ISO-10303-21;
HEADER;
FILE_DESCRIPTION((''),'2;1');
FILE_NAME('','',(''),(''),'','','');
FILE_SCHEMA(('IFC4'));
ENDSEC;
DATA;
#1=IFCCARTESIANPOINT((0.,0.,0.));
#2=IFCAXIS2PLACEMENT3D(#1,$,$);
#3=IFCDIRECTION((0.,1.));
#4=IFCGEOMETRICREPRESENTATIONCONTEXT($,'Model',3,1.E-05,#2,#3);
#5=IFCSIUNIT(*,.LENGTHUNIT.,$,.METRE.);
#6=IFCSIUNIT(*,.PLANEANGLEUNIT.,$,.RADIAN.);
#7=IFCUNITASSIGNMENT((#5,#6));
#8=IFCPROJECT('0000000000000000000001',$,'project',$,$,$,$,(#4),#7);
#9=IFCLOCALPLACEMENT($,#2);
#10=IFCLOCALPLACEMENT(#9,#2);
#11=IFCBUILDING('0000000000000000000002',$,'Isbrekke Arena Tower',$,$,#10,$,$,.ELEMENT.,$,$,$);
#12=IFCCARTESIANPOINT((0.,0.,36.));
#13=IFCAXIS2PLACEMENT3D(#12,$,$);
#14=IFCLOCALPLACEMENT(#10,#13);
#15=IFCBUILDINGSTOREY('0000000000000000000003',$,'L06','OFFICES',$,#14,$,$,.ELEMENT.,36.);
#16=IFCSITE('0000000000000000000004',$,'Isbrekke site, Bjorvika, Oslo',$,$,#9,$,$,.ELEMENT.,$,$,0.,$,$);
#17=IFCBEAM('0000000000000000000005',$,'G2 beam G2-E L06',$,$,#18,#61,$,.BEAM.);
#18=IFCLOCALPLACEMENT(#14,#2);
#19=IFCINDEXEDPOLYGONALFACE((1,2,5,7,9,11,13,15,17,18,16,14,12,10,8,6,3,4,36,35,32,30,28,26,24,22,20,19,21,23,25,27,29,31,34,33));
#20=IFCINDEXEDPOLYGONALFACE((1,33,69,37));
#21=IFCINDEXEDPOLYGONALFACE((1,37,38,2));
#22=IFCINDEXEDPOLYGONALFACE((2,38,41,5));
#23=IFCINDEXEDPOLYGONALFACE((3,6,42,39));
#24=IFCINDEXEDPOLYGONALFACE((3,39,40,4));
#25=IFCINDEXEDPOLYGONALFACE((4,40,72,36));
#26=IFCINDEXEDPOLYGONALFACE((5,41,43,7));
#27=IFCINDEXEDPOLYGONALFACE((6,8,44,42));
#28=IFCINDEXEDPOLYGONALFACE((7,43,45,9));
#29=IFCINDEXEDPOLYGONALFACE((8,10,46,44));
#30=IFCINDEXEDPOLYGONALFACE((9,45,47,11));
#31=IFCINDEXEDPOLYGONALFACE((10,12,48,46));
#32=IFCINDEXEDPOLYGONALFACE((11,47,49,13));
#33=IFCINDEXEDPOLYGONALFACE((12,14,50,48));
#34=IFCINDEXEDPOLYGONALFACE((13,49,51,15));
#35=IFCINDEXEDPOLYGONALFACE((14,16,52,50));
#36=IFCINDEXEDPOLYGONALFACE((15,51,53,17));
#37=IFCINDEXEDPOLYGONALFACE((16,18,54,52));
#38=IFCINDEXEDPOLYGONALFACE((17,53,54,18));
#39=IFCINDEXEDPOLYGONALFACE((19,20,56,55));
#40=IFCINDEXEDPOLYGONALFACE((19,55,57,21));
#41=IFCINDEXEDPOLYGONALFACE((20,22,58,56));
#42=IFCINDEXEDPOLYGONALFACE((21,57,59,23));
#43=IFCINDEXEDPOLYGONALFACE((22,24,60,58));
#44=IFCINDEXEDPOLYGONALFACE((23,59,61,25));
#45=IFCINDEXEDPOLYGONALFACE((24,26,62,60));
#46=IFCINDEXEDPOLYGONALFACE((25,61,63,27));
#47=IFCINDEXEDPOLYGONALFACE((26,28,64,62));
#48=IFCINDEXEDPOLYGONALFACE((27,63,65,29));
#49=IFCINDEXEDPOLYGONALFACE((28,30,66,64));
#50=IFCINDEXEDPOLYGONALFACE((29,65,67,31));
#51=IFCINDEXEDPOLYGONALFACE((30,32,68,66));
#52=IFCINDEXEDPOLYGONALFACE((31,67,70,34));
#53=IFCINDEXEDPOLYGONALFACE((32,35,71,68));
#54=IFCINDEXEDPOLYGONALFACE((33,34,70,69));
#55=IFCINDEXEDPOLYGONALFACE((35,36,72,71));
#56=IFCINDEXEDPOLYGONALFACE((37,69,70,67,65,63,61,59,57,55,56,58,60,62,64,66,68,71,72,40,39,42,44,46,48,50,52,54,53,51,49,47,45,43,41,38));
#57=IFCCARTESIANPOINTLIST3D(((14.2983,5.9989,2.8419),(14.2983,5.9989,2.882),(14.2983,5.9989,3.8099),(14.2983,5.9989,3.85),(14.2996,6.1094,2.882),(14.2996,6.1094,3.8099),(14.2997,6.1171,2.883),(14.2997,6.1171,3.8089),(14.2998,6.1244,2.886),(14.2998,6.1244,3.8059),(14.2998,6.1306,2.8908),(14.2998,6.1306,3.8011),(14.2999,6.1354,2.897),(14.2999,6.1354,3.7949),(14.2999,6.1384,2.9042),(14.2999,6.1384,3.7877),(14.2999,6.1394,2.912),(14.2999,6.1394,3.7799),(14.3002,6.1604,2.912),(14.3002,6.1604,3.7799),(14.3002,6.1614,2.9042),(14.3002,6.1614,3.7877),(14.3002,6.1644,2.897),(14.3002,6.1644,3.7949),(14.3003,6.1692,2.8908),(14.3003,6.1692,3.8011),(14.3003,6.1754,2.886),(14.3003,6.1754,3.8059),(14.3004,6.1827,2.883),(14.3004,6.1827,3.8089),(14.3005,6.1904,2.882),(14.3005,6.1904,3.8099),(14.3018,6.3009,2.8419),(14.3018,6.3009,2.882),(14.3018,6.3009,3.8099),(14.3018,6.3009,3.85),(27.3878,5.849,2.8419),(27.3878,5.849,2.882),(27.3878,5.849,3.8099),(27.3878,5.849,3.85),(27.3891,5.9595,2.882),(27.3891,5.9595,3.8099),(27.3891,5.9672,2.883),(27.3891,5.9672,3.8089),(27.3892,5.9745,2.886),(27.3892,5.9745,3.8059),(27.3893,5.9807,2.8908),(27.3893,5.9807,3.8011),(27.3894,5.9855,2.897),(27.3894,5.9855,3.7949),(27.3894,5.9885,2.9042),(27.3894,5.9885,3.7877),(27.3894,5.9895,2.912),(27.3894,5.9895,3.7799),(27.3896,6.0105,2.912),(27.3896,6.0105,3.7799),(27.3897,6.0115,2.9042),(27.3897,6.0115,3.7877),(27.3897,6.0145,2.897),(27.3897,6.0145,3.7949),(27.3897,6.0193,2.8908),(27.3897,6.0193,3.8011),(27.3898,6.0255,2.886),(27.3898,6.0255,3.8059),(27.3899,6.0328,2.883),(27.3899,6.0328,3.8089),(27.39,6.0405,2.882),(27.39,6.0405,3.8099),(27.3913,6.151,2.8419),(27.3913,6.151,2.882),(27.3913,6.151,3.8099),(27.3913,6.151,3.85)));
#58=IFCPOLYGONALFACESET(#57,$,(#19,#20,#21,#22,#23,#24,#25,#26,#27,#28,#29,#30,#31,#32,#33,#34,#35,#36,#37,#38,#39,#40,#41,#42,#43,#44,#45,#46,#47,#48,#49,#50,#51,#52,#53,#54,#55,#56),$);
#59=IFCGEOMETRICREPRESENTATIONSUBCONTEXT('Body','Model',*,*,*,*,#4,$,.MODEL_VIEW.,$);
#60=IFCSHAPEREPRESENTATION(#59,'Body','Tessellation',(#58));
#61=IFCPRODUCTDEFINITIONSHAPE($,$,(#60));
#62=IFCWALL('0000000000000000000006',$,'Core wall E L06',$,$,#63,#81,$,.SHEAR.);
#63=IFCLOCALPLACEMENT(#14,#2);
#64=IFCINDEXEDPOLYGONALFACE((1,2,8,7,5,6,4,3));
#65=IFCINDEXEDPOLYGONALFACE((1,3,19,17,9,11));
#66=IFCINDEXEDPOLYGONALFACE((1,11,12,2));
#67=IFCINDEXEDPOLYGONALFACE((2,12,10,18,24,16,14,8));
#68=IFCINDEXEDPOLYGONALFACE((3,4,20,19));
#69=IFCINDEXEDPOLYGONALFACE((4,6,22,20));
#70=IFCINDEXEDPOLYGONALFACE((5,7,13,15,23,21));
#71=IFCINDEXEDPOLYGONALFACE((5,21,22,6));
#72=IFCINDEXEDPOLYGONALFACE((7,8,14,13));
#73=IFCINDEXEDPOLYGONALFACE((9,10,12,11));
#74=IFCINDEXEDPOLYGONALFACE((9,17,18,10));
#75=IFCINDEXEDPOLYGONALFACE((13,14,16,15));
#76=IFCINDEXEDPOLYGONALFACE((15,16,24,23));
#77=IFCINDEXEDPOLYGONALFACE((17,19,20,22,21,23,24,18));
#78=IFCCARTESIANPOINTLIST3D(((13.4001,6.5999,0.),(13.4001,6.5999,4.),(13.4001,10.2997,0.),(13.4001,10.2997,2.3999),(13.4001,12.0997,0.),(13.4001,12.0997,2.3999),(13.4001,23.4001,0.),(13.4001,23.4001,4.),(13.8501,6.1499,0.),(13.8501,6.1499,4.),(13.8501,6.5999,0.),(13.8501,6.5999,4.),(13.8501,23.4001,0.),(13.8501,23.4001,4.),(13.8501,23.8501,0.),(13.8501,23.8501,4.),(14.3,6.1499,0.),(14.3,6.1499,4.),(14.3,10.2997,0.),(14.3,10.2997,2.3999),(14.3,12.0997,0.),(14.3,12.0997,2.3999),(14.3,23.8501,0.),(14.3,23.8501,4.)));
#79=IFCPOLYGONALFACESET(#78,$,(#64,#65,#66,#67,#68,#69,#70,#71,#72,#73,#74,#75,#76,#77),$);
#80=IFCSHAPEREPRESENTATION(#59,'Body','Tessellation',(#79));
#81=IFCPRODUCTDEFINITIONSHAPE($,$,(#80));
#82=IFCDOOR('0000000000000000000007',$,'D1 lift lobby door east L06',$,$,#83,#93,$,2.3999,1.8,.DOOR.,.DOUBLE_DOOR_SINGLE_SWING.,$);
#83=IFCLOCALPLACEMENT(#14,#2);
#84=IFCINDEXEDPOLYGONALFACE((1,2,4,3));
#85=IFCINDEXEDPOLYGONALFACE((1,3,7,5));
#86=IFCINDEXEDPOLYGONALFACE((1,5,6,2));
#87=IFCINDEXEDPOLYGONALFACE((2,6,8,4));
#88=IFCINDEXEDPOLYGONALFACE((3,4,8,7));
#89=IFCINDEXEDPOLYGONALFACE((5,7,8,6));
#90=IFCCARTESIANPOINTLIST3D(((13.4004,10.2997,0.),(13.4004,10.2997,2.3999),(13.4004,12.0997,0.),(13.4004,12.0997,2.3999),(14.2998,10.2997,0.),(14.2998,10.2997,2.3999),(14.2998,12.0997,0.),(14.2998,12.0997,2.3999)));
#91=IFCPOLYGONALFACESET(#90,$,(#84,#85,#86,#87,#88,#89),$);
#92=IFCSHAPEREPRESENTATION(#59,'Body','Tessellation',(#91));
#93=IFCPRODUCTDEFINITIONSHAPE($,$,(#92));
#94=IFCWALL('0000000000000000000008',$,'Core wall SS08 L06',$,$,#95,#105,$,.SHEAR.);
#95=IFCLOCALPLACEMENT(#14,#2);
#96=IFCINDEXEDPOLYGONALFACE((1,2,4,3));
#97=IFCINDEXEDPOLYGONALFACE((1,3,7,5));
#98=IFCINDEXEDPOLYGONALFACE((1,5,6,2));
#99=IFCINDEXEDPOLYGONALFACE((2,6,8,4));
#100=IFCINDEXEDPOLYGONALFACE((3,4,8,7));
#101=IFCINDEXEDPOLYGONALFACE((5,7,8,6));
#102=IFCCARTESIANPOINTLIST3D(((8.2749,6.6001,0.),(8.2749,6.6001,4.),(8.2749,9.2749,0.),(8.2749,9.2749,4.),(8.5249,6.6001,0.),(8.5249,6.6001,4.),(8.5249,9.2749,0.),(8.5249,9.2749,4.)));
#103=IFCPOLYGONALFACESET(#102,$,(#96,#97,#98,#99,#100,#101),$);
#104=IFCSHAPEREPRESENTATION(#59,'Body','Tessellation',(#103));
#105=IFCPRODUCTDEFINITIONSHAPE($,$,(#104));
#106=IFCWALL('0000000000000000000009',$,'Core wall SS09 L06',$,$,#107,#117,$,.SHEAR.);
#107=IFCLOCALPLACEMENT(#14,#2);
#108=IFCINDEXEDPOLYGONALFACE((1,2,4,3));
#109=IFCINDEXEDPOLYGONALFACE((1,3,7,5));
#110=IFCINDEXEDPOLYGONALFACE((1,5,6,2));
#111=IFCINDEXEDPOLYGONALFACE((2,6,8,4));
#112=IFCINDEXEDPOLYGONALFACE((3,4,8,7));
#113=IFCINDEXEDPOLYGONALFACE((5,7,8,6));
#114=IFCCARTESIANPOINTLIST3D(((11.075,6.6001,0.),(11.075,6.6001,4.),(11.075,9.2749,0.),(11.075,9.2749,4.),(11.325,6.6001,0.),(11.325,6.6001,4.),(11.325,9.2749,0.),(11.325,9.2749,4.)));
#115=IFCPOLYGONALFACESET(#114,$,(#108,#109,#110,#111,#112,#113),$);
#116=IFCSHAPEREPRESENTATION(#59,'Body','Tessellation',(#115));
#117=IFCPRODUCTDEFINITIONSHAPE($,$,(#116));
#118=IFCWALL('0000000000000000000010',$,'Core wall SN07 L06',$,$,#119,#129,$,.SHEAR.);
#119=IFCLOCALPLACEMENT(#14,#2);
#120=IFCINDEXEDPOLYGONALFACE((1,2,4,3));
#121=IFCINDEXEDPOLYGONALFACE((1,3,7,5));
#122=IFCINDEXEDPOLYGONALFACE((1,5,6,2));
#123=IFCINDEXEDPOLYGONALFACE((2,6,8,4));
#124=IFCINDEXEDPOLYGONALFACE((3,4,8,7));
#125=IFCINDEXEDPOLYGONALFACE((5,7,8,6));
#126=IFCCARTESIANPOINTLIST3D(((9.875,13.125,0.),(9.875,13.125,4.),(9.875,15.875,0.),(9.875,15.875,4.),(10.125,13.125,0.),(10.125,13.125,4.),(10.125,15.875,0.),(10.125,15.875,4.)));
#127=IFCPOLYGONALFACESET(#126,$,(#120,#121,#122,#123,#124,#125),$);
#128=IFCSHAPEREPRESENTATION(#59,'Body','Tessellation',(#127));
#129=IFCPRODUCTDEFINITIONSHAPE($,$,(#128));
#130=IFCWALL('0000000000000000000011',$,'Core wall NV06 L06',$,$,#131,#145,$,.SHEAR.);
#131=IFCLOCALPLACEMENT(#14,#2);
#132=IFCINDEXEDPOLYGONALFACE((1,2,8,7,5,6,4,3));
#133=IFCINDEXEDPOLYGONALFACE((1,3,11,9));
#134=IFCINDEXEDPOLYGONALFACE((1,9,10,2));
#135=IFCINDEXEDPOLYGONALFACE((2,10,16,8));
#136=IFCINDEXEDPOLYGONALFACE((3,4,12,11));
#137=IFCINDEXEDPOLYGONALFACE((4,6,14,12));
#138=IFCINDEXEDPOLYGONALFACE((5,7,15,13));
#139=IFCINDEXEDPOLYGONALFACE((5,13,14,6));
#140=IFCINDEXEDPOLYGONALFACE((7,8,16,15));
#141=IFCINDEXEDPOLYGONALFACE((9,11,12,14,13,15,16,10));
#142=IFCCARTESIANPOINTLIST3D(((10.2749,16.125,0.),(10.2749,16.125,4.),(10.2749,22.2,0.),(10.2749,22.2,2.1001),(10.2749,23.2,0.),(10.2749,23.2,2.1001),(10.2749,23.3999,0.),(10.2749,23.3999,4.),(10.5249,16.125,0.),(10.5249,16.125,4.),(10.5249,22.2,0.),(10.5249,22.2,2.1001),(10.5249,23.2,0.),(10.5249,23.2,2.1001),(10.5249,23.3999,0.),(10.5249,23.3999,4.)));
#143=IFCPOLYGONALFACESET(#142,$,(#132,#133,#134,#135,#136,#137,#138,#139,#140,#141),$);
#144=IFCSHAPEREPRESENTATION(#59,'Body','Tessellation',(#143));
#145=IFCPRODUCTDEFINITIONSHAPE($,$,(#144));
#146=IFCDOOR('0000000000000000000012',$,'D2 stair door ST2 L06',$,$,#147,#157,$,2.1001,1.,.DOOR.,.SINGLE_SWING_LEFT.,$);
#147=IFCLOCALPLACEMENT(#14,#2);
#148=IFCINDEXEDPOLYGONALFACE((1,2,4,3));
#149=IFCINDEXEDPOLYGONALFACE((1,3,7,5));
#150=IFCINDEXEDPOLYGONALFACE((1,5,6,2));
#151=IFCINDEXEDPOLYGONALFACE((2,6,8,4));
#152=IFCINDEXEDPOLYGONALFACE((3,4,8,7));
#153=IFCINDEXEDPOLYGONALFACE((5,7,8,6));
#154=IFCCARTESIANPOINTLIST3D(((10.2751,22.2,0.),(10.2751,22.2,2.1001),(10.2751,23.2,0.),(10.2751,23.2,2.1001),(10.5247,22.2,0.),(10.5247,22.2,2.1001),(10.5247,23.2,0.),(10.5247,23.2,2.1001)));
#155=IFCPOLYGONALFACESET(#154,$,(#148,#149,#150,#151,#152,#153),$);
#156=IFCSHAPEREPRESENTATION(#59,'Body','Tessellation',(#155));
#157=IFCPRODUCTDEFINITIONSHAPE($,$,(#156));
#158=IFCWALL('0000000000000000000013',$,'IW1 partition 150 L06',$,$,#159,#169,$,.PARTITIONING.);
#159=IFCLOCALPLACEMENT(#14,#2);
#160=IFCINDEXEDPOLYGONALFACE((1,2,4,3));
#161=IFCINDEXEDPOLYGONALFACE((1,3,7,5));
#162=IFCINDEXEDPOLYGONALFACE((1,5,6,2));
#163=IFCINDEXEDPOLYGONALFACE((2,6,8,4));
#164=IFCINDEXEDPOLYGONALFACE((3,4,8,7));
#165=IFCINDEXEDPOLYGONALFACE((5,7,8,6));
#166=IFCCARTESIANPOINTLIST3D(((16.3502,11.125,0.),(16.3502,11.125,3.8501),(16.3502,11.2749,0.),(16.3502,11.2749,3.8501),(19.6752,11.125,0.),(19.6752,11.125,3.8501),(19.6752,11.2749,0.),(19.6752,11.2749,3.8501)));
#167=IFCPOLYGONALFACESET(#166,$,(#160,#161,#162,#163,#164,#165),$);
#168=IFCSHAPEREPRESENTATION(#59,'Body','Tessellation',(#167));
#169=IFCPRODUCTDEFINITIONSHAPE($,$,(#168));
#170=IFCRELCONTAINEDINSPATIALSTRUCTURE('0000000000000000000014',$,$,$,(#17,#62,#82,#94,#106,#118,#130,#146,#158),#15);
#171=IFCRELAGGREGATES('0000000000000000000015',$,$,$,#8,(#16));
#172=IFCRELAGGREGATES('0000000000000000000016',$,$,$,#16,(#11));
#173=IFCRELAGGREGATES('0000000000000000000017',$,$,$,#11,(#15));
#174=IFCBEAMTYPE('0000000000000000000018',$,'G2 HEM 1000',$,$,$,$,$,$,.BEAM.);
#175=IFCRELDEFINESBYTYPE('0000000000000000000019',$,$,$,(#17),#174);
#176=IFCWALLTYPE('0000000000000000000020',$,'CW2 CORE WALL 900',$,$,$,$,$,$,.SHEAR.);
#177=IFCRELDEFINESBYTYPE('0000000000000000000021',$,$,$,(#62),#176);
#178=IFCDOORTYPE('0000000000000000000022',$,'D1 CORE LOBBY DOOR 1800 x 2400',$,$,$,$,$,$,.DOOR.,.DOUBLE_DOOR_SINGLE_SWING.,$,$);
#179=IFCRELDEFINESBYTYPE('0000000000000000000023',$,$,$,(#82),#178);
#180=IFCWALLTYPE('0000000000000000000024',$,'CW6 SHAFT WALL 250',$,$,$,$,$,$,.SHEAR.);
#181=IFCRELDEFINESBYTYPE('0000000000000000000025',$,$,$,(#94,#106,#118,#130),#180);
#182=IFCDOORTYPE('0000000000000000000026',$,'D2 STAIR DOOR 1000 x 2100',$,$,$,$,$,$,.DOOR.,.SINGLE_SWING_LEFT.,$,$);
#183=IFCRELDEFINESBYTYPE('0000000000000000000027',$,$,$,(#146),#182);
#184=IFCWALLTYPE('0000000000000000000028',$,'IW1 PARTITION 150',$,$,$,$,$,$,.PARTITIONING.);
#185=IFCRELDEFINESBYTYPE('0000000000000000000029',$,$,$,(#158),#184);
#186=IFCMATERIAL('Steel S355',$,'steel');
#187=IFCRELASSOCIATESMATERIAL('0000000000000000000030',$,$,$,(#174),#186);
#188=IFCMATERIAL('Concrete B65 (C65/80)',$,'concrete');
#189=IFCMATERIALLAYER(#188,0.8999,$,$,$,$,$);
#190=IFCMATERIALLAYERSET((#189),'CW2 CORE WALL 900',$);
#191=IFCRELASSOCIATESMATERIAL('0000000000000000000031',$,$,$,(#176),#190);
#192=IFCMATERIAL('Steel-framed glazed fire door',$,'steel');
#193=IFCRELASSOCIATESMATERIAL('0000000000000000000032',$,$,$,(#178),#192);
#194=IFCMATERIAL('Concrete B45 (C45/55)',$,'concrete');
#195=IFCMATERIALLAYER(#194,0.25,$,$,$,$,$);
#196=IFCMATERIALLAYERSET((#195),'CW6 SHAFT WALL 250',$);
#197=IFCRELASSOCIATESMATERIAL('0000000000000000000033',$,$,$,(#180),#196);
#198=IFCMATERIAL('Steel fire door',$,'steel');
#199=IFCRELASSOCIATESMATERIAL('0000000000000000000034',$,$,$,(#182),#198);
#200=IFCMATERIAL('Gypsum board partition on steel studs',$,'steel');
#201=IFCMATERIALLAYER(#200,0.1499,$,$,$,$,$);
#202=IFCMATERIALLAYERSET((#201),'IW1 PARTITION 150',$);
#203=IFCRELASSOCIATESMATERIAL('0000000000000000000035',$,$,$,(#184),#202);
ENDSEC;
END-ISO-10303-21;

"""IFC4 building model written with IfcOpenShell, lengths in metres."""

from ifc_helpers import new_model, si_unit, direction, frame, frame_2d, origin, origin_2d, place, context, subcontext, project, spatial, polyline, rectangle, i_section, outline, extrude, material, layer, layer_set, material_profile, profile_set, type_object, element, fill, save


model = new_model("IFC4")

# Units and contexts
model_context = context("Model", 3, precision=1e-05, world=origin(), true_north=direction((0.0, 1.0)))
body_context = subcontext(model_context, "Body", "Model", "MODEL_VIEW")
ifc_project = project(units=[si_unit("LENGTHUNIT", "METRE"), si_unit("PLANEANGLEUNIT", "RADIAN")], contexts=[model_context])

# Site, building, storey
site_placement = place(None, origin())
site = spatial("IfcSite", under=ifc_project, at=site_placement, Name="Isbrekke site, Bjorvika, Oslo", CompositionType="ELEMENT", RefElevation=0.0)
building_placement = place(site_placement, origin())
building = spatial("IfcBuilding", under=site, at=building_placement, Name="Isbrekke Arena Tower", CompositionType="ELEMENT")
storey_placement = place(building_placement, frame((0.0, 0.0, 36.0)))
storey = spatial("IfcBuildingStorey", under=building, at=storey_placement, Name="L06", Description="OFFICES", CompositionType="ELEMENT", Elevation=36.0)

# Beam
ifc_material_1 = material(Name="Steel S355", Category="steel")
ifc_material_profile = material_profile(ifc_material_1, i_section(OverallWidth=0.302, OverallDepth=1.0081, WebThickness=0.021, FlangeThickness=0.04, FilletRadius=0.03, at=origin_2d()), Name="HEM 1000")
ifc_profile_set = profile_set([ifc_material_profile], Name="Steel S355")
beam_type = type_object("IfcBeamType", Name="G2 HEM 1000", PredefinedType="BEAM", material=ifc_profile_set)
beam_placement = place(storey_placement, frame((14.3, 6.1499, 3.3459), z_axis=(0.999934, -0.011451, 0.0), x_axis=(0.011451, 0.999934, 0.0)))
element("IfcBeam", 1, at=beam_placement, inside=storey, type_object=beam_type, Name="G2 beam G2-E L06", PredefinedType="BEAM", context=body_context, shape_type="SweptSolid", body=[
    extrude(i_section(OverallWidth=0.302, OverallDepth=1.0081, WebThickness=0.021, FlangeThickness=0.04, FilletRadius=0.03, at=origin_2d()), origin(), (0.0, 0.0, 1.0), 13.0903),
])

# Wall, opening, door
ifc_material_2 = material(Name="Concrete B65 (C65/80)", Category="concrete")
ifc_layer_1 = layer(ifc_material_2, 0.8999)
ifc_layer_set_1 = layer_set([ifc_layer_1], Name="CW2 CORE WALL 900")
wall_type_1 = type_object("IfcWallType", Name="CW2 CORE WALL 900", PredefinedType="SHEAR", material=ifc_layer_set_1)
wall_1_placement = place(storey_placement, frame((13.8501, 6.1499, 0.0), z_axis=(0.0, 0.0, 1.0), x_axis=(0.0, 1.0, 0.0)))
wall_1 = element("IfcWall", 2, at=wall_1_placement, inside=storey, type_object=wall_type_1, Name="Core wall E L06", PredefinedType="SHEAR", context=body_context, shape_type="SweptSolid", body=[
    extrude(outline(polyline([(0.0, -0.45), (17.7002, -0.45), (17.7002, 0.0), (17.2502, 0.0), (17.2502, 0.45), (0.45, 0.45), (0.45, 0.0), (0.0, 0.0), (0.0, -0.45)])), origin(), (0.0, 0.0, 1.0), 4.0),
])
opening_1_placement = place(wall_1_placement, frame((4.1499, 0.0, 0.0)))
opening_1 = element("IfcOpeningElement", 3, at=opening_1_placement, cuts=wall_1, PredefinedType="OPENING", context=body_context, shape_type="SweptSolid", body=[
    extrude(rectangle(XDim=1.8, YDim=2.3999, at=frame_2d((0.8999, 1.2))), frame((0.0, 0.4648, 0.0), z_axis=(0.0, -1.0, 0.0), x_axis=(1.0, 0.0, 0.0)), (0.0, 0.0, 1.0), 0.9297),
])
ifc_material_3 = material(Name="Steel-framed glazed fire door", Category="steel")
door_type_1 = type_object("IfcDoorType", Name="D1 CORE LOBBY DOOR 1800 x 2400", OperationType="DOUBLE_DOOR_SINGLE_SWING", PredefinedType="DOOR", material=ifc_material_3)
door_1_placement = place(opening_1_placement, origin())
door_1 = element("IfcDoor", 4, at=door_1_placement, inside=storey, type_object=door_type_1, Name="D1 lift lobby door east L06", OperationType="DOUBLE_DOOR_SINGLE_SWING", OverallHeight=2.3999, OverallWidth=1.8, PredefinedType="DOOR", context=body_context, shape_type="SweptSolid", body=[
    extrude(rectangle(XDim=1.8, YDim=2.3999, at=frame_2d((0.8999, 1.2))), frame((0.0, 0.4497, 0.0), z_axis=(0.0, -1.0, 0.0), x_axis=(1.0, 0.0, 0.0)), (0.0, 0.0, 1.0), 0.8994),
])
fill(opening_1, door_1)

# Walls
ifc_material_4 = material(Name="Concrete B45 (C45/55)", Category="concrete")
ifc_layer_2 = layer(ifc_material_4, 0.25)
ifc_layer_set_2 = layer_set([ifc_layer_2], Name="CW6 SHAFT WALL 250")
wall_type_2 = type_object("IfcWallType", Name="CW6 SHAFT WALL 250", PredefinedType="SHEAR", material=ifc_layer_set_2)
for number, where, z_axis, x_axis, name in (
    (5, (8.3999, 6.6001, 0.0), (0.0, 0.0, 1.0), (0.0, 1.0, 0.0), "Core wall SS08 L06"),
    (6, (11.2, 6.6001, 0.0), (0.0, 0.0, 1.0), (0.0, 1.0, 0.0), "Core wall SS09 L06"),
):
    element("IfcWall", number, at=place(storey_placement, frame(where, z_axis=z_axis, x_axis=x_axis)), inside=storey, type_object=wall_type_2, Name=name, PredefinedType="SHEAR", context=body_context, shape_type="SweptSolid", body=[
        extrude(rectangle(XDim=2.6748, YDim=0.25, at=frame_2d((1.3374, 0.0))), origin(), (0.0, 0.0, 1.0), 4.0),
    ])
wall_2_placement = place(storey_placement, frame((10.0, 13.125, 0.0), z_axis=(0.0, 0.0, 1.0), x_axis=(0.0, 1.0, 0.0)))
element("IfcWall", 7, at=wall_2_placement, inside=storey, type_object=wall_type_2, Name="Core wall SN07 L06", PredefinedType="SHEAR", context=body_context, shape_type="SweptSolid", body=[
    extrude(rectangle(XDim=2.75, YDim=0.25, at=frame_2d((1.375, 0.0))), origin(), (0.0, 0.0, 1.0), 4.0),
])

# Wall, opening, door
wall_3_placement = place(storey_placement, frame((10.3999, 16.125, 0.0), z_axis=(0.0, 0.0, 1.0), x_axis=(0.0, 1.0, 0.0)))
wall_3 = element("IfcWall", 8, at=wall_3_placement, inside=storey, type_object=wall_type_2, Name="Core wall NV06 L06", PredefinedType="SHEAR", context=body_context, shape_type="SweptSolid", body=[
    extrude(rectangle(XDim=7.2749, YDim=0.25, at=frame_2d((3.6375, 0.0))), origin(), (0.0, 0.0, 1.0), 4.0),
])
opening_2_placement = place(wall_3_placement, frame((6.075, 0.0, 0.0)))
opening_2 = element("IfcOpeningElement", 9, at=opening_2_placement, cuts=wall_3, PredefinedType="OPENING", context=body_context, shape_type="SweptSolid", body=[
    extrude(rectangle(XDim=1.0, YDim=2.1001, at=frame_2d((0.5, 1.05))), frame((0.0, 0.1399, 0.0), z_axis=(0.0, -1.0, 0.0), x_axis=(1.0, 0.0, 0.0)), (0.0, 0.0, 1.0), 0.2798),
])
ifc_material_5 = material(Name="Steel fire door", Category="steel")
door_type_2 = type_object("IfcDoorType", Name="D2 STAIR DOOR 1000 x 2100", OperationType="SINGLE_SWING_LEFT", PredefinedType="DOOR", material=ifc_material_5)
door_2_placement = place(opening_2_placement, origin())
door_2 = element("IfcDoor", 10, at=door_2_placement, inside=storey, type_object=door_type_2, Name="D2 stair door ST2 L06", OperationType="SINGLE_SWING_LEFT", OverallHeight=2.1001, OverallWidth=1.0, PredefinedType="DOOR", context=body_context, shape_type="SweptSolid", body=[
    extrude(rectangle(XDim=1.0, YDim=2.1001, at=frame_2d((0.5, 1.05))), frame((0.0, 0.1248, 0.0), z_axis=(0.0, -1.0, 0.0), x_axis=(1.0, 0.0, 0.0)), (0.0, 0.0, 1.0), 0.2495),
])
fill(opening_2, door_2)

# Wall
ifc_material_6 = material(Name="Gypsum board partition on steel studs", Category="steel")
ifc_layer_3 = layer(ifc_material_6, 0.1499)
ifc_layer_set_3 = layer_set([ifc_layer_3], Name="IW1 PARTITION 150")
wall_type_3 = type_object("IfcWallType", Name="IW1 PARTITION 150", PredefinedType="PARTITIONING", material=ifc_layer_set_3)
wall_4_placement = place(storey_placement, frame((16.3501, 11.2, 0.0), z_axis=(0.0, 0.0, 1.0), x_axis=(1.0, 0.0, 0.0)))
element("IfcWall", 11, at=wall_4_placement, inside=storey, type_object=wall_type_3, Name="IW1 partition 150 L06", PredefinedType="PARTITIONING", context=body_context, shape_type="SweptSolid", body=[
    extrude(rectangle(XDim=3.325, YDim=0.1499, at=frame_2d((1.6626, 0.0))), origin(), (0.0, 0.0, 1.0), 3.8501),
])

save(model, "model.ifc")
